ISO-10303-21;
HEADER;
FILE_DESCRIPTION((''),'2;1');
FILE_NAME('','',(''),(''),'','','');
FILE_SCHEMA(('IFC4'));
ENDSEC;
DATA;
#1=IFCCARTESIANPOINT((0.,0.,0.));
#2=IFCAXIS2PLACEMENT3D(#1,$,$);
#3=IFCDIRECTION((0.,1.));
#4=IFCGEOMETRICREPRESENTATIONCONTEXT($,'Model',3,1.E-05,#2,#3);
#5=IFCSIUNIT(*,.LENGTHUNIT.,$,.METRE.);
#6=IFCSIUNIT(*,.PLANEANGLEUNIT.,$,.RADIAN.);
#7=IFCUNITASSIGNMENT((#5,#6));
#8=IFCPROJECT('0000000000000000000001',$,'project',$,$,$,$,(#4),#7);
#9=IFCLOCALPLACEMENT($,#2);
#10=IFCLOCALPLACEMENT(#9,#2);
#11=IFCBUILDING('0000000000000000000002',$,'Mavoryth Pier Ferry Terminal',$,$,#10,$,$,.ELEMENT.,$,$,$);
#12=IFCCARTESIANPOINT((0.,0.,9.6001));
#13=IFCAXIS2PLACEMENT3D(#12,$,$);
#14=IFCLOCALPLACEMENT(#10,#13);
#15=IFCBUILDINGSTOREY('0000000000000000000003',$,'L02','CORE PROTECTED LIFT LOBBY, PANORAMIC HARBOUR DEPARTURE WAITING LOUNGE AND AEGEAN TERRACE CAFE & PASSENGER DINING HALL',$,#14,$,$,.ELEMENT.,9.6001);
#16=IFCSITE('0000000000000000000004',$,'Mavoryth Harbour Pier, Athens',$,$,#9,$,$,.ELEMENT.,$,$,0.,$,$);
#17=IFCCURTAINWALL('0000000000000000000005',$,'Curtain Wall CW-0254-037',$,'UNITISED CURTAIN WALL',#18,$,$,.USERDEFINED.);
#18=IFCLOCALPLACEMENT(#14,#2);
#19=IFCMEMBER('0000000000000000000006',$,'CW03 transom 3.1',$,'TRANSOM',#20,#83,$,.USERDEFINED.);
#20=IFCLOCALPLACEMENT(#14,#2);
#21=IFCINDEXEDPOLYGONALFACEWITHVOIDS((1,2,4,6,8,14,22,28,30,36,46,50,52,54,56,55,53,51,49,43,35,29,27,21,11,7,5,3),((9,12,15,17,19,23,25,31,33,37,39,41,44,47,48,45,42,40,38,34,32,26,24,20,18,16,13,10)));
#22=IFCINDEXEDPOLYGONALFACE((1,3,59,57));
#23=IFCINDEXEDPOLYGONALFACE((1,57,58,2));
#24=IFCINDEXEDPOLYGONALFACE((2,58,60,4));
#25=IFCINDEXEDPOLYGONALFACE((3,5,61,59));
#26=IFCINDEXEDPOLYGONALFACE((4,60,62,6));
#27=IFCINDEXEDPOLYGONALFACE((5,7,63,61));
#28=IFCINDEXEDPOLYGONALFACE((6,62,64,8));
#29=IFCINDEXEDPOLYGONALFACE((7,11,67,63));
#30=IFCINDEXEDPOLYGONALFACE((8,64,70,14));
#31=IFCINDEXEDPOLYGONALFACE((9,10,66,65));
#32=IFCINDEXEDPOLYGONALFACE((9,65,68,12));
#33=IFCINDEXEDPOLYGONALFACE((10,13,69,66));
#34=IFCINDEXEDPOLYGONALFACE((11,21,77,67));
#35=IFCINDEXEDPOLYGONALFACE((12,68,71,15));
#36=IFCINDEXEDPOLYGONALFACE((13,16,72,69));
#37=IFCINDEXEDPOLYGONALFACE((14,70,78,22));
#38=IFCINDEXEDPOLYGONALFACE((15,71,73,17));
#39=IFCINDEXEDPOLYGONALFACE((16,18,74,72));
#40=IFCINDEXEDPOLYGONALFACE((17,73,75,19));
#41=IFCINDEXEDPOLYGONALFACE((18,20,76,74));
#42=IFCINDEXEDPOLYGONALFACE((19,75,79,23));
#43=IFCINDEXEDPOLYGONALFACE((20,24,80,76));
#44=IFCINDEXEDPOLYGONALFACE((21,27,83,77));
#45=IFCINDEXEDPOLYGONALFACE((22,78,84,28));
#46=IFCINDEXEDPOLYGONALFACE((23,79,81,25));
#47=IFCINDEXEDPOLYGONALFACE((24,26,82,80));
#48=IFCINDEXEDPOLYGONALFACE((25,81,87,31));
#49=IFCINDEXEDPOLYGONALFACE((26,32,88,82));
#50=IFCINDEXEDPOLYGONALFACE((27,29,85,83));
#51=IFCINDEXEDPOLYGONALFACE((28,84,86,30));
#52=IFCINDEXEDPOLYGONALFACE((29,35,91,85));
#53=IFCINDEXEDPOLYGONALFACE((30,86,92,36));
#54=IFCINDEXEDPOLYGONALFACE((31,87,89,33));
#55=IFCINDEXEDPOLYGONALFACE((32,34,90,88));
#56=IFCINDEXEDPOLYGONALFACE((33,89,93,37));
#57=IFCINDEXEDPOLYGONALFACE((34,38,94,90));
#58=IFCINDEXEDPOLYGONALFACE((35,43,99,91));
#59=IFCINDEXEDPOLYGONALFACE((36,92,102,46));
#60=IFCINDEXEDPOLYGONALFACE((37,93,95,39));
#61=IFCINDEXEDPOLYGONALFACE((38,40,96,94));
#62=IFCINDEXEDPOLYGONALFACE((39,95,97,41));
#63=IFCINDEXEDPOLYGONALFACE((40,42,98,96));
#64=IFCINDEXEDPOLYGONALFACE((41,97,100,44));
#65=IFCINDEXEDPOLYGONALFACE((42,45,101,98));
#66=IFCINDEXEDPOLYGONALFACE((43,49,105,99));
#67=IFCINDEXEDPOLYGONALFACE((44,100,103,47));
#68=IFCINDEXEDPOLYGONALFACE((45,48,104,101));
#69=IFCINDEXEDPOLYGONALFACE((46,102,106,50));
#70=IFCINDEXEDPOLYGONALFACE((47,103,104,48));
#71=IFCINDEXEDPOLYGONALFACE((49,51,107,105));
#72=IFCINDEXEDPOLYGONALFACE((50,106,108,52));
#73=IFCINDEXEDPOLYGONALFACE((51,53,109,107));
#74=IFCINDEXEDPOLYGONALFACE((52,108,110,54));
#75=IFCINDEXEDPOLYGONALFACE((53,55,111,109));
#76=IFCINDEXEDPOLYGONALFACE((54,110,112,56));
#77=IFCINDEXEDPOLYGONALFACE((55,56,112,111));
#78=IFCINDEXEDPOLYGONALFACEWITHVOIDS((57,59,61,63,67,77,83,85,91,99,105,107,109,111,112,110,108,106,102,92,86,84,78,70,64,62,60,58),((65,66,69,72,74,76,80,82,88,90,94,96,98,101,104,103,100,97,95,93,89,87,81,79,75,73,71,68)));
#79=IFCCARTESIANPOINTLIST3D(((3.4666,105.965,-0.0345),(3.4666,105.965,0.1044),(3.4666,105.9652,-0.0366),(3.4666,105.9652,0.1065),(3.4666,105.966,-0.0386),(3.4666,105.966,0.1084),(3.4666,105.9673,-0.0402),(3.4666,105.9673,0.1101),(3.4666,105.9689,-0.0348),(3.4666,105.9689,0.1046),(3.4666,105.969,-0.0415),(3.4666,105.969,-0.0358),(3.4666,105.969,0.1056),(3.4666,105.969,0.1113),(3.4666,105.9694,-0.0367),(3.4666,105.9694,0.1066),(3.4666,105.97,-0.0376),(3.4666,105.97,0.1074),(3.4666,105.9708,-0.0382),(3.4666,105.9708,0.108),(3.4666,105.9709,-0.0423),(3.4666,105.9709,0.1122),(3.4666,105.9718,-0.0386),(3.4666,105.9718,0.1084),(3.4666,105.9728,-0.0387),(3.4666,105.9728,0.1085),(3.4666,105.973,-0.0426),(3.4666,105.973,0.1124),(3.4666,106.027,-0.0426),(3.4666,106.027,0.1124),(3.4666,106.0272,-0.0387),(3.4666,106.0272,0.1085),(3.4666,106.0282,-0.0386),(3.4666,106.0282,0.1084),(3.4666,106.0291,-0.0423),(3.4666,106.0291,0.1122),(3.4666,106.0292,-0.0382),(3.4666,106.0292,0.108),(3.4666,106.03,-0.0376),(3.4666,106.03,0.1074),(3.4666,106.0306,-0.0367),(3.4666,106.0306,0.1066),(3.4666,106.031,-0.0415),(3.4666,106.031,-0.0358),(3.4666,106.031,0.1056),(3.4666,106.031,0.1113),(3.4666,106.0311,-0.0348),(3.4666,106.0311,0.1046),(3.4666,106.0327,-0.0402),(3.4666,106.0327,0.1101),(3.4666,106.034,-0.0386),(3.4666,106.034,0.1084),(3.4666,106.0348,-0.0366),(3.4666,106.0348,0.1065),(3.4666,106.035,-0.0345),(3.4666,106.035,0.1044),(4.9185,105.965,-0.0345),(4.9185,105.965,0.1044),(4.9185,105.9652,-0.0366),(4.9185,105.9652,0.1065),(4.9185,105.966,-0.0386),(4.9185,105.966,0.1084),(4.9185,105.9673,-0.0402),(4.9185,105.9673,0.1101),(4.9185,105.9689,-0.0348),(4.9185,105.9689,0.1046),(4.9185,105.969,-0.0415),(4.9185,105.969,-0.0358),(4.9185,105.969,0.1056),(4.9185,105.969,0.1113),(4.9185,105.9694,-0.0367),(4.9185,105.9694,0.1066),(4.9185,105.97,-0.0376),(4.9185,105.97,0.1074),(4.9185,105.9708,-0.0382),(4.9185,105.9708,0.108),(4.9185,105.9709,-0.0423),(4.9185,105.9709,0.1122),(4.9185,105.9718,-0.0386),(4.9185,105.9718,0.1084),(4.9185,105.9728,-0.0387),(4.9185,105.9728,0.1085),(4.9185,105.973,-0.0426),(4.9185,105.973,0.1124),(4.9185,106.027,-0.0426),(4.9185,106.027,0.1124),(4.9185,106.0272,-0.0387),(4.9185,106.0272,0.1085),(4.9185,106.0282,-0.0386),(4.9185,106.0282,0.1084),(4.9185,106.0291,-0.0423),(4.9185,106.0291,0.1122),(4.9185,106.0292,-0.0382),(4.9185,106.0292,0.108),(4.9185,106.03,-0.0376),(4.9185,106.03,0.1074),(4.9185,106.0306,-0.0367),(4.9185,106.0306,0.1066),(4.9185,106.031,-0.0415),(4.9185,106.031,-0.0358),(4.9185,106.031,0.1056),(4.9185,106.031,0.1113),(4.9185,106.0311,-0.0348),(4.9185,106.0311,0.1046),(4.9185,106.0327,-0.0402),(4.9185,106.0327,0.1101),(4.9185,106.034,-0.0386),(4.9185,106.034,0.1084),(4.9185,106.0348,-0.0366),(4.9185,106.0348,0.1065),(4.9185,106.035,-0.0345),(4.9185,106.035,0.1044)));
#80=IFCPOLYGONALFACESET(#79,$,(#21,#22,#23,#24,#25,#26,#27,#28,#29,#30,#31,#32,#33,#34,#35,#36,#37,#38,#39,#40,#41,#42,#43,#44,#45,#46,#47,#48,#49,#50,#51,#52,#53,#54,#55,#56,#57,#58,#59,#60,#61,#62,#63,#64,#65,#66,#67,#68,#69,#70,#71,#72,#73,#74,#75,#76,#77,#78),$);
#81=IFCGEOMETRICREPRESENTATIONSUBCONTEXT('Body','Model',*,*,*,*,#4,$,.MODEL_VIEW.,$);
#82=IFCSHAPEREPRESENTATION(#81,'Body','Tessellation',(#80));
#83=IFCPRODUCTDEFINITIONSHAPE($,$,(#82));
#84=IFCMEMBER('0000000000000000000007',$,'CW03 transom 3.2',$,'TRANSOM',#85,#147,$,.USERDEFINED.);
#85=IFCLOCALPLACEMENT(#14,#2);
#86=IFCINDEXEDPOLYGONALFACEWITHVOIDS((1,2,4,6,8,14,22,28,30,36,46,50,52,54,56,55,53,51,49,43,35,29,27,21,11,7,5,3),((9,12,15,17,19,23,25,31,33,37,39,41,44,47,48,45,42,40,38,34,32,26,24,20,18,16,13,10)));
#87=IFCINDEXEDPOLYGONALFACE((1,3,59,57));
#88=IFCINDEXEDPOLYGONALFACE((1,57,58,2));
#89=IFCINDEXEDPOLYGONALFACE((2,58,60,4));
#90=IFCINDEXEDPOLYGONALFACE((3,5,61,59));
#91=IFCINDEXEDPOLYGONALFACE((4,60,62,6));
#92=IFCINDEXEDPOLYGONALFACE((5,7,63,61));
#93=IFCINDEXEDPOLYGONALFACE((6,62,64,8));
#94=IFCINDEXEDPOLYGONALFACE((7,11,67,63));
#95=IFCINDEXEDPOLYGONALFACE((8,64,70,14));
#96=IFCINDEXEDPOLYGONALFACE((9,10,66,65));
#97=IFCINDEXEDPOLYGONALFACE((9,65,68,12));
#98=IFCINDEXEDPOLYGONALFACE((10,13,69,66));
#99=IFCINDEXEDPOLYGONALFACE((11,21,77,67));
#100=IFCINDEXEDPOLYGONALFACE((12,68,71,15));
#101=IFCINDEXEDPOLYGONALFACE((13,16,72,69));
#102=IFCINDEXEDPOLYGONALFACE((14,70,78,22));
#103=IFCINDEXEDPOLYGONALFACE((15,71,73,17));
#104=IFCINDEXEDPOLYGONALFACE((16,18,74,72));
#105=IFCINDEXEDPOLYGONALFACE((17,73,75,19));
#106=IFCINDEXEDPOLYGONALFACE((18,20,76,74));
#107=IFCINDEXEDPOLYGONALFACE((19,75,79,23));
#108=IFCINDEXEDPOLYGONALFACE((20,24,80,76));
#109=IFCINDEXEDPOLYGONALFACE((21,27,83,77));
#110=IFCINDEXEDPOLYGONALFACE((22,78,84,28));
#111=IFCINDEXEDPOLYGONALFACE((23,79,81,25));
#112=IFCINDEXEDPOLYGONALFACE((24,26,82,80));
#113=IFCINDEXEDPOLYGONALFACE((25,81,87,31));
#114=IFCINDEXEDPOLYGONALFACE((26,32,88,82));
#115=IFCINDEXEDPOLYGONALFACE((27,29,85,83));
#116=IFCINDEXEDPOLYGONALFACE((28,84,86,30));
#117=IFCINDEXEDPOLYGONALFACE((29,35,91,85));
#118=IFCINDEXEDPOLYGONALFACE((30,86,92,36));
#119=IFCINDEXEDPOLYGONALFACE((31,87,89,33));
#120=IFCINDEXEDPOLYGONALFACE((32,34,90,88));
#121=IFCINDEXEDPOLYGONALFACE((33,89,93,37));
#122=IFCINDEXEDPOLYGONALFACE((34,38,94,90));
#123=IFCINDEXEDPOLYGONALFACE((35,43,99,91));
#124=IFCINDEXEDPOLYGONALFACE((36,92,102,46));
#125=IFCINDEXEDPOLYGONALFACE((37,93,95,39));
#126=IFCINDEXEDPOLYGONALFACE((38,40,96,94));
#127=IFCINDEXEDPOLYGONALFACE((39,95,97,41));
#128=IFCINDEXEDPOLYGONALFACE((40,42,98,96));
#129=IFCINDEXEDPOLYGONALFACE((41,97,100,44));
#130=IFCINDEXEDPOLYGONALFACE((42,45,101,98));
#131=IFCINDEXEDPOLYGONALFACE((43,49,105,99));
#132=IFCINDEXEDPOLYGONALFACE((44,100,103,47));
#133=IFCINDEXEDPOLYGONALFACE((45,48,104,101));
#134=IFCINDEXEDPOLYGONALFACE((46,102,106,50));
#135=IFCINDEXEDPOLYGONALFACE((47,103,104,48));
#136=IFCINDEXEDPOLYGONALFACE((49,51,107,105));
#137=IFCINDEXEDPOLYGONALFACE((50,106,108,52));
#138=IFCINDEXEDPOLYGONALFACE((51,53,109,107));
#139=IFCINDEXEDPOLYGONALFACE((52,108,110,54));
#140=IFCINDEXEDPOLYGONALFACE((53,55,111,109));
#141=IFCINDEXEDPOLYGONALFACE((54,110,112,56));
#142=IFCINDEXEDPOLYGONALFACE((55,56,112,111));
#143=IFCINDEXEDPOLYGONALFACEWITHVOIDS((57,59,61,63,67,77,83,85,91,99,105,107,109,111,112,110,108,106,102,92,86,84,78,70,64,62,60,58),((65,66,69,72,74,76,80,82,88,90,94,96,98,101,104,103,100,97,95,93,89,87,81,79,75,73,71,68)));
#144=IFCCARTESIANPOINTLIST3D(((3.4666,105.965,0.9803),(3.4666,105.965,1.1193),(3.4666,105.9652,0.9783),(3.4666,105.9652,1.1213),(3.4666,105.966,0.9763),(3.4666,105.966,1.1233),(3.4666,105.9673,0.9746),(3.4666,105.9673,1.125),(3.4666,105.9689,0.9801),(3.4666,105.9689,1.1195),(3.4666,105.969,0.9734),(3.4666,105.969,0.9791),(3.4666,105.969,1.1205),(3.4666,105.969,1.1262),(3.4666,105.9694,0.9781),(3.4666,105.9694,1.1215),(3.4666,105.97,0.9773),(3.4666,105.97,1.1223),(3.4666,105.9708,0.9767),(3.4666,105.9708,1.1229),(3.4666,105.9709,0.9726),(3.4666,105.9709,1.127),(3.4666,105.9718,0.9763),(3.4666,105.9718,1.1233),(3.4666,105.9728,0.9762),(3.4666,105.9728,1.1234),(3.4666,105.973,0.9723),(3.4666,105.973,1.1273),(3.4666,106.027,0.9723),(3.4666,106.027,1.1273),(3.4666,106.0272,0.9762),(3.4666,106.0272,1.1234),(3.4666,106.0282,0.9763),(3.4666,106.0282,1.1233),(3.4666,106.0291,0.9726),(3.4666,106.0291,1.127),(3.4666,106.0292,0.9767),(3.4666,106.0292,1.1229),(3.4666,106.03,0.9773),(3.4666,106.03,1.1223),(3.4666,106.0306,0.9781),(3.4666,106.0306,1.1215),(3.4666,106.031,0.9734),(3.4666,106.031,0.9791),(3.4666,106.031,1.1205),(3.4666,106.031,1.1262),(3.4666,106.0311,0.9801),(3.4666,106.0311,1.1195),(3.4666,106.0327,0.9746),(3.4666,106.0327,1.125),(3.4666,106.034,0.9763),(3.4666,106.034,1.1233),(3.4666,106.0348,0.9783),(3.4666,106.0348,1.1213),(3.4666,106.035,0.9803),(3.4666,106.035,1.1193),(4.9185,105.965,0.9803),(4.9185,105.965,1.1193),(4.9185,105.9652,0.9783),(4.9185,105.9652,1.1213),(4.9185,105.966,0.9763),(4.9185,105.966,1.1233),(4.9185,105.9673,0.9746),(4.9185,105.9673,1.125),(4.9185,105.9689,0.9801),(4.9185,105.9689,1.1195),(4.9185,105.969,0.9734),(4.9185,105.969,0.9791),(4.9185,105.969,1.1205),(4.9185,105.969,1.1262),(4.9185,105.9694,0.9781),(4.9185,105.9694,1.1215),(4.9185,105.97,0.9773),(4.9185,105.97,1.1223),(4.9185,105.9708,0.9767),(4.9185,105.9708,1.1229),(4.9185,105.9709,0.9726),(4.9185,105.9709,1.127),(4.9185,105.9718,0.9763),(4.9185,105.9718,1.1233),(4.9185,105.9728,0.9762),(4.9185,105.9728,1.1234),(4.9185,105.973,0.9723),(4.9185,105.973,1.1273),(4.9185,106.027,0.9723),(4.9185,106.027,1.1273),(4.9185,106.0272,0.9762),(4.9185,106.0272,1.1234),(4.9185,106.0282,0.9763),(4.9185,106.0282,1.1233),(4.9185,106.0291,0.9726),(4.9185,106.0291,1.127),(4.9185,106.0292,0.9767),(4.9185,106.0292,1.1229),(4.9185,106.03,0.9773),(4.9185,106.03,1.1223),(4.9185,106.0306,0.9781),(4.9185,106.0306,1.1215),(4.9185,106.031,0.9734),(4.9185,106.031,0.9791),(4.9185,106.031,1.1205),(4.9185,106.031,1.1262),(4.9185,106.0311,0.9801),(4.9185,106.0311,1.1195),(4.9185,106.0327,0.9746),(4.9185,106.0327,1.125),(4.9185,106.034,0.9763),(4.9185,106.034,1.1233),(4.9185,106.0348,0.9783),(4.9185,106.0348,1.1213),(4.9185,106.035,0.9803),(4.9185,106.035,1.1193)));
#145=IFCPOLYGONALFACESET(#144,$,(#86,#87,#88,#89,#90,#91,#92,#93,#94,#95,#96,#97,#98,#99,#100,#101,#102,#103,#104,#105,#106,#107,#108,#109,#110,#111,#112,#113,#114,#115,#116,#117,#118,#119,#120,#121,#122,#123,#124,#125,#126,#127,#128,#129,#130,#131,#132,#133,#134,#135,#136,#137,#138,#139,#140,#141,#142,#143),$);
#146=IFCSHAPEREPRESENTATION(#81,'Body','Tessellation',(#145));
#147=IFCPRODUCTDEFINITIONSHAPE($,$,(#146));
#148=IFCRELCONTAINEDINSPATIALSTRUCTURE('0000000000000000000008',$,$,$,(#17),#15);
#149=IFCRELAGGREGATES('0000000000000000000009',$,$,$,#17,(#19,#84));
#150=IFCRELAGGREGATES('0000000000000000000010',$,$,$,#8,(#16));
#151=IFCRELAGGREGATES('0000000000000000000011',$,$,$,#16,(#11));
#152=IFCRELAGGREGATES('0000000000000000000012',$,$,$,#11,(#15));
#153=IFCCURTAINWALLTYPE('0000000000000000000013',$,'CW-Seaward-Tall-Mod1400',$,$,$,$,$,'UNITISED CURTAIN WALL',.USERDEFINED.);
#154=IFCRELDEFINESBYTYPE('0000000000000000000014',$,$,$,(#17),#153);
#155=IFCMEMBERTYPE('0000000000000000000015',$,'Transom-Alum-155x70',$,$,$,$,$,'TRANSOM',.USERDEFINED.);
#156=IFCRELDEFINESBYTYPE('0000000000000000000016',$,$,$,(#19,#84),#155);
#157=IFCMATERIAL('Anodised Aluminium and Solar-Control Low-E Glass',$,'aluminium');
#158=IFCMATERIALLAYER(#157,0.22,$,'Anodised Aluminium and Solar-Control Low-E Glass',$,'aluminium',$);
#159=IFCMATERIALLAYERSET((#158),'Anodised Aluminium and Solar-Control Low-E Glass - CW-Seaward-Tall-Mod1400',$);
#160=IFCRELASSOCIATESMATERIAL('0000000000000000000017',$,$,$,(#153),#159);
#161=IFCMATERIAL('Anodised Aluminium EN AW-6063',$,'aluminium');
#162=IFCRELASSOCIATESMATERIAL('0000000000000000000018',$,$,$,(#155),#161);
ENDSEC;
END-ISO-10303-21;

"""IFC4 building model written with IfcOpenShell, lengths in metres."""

from ifc_helpers import new_model, si_unit, direction, frame, origin, origin_2d, place, context, subcontext, project, spatial, hollow_rectangle, extrude, material, layer, layer_set, material_profile, profile_set, type_object, element, aggregate, save


model = new_model("IFC4")

# Units and contexts
model_context = context("Model", 3, precision=1e-05, world=origin(), true_north=direction((0.0, 1.0)))
body_context = subcontext(model_context, "Body", "Model", "MODEL_VIEW")
ifc_project = project(units=[si_unit("LENGTHUNIT", "METRE"), si_unit("PLANEANGLEUNIT", "RADIAN")], contexts=[model_context])

# Site, building, storey
site_placement = place(None, origin())
site = spatial("IfcSite", under=ifc_project, at=site_placement, Name="Mavoryth Harbour Pier, Athens", CompositionType="ELEMENT", RefElevation=0.0)
building_placement = place(site_placement, origin())
building = spatial("IfcBuilding", under=site, at=building_placement, Name="Mavoryth Pier Ferry Terminal", CompositionType="ELEMENT")
storey_placement = place(building_placement, frame((0.0, 0.0, 9.6001)))
storey = spatial("IfcBuildingStorey", under=building, at=storey_placement, Name="L02", Description="CORE PROTECTED LIFT LOBBY, PANORAMIC HARBOUR DEPARTURE WAITING LOUNGE AND AEGEAN TERRACE CAFE & PASSENGER DINING HALL", CompositionType="ELEMENT", Elevation=9.6001)

# Curtain wall
ifc_material_1 = material(Name="Anodised Aluminium and Solar-Control Low-E Glass", Category="aluminium")
ifc_layer_1 = layer(ifc_material_1, 0.22, Name="Anodised Aluminium and Solar-Control Low-E Glass", Category="aluminium")
ifc_layer_set_1 = layer_set([ifc_layer_1], Name="Anodised Aluminium and Solar-Control Low-E Glass - CW-Seaward-Tall-Mod1400")
curtain_wall_type = type_object("IfcCurtainWallType", Name="CW-Seaward-Tall-Mod1400", ElementType="UNITISED CURTAIN WALL", PredefinedType="USERDEFINED", material=ifc_layer_set_1)
curtain_wall_placement = place(storey_placement, origin())
curtain_wall = element("IfcCurtainWall", 1, at=curtain_wall_placement, inside=storey, type_object=curtain_wall_type, Name="Curtain Wall CW-0254-037", ObjectType="UNITISED CURTAIN WALL", PredefinedType="USERDEFINED")
ifc_material_2 = material(Name="Anodised Aluminium EN AW-6063", Category="aluminium")

# Members
ifc_material_profile_1 = material_profile(ifc_material_2, hollow_rectangle(XDim=0.0701, YDim=0.155, WallThickness=0.0039, InnerFilletRadius=0.0039, OuterFilletRadius=0.0081, at=origin_2d()), Name="AL-TRAN 155x70x4", Category="aluminium")
ifc_profile_set_1 = profile_set([ifc_material_profile_1], Name="Anodised Aluminium EN AW-6063 - AL-TRAN 155x70x4")
member_type_1 = type_object("IfcMemberType", Name="Transom-Alum-155x70", ElementType="TRANSOM", PredefinedType="USERDEFINED", material=ifc_profile_set_1)
member_1_placement = place(storey_placement, frame((4.9185, 106.0, 0.0349), z_axis=(-1.0, 0.0, 0.0), x_axis=(0.0, -1.0, 0.0)))
member_1 = element("IfcMember", 2, at=member_1_placement, type_object=member_type_1, Name="CW03 transom 3.1", ObjectType="TRANSOM", PredefinedType="USERDEFINED", context=body_context, shape_type="SweptSolid", body=[
    extrude(hollow_rectangle(XDim=0.0701, YDim=0.155, WallThickness=0.0039, InnerFilletRadius=0.0039, OuterFilletRadius=0.0081, at=origin_2d()), origin(), (0.0, 0.0, 1.0), 1.4519),
])
member_2_placement = place(storey_placement, frame((4.9185, 106.0, 1.0498), z_axis=(-1.0, 0.0, 0.0), x_axis=(0.0, -1.0, 0.0)))
member_2 = element("IfcMember", 3, at=member_2_placement, type_object=member_type_1, Name="CW03 transom 3.2", ObjectType="TRANSOM", PredefinedType="USERDEFINED", context=body_context, shape_type="SweptSolid", body=[
    extrude(hollow_rectangle(XDim=0.0701, YDim=0.155, WallThickness=0.0039, InnerFilletRadius=0.0039, OuterFilletRadius=0.0081, at=origin_2d()), origin(), (0.0, 0.0, 1.0), 1.4519),
])

aggregate(curtain_wall, [member_1, member_2])

save(model, "model.ifc")
